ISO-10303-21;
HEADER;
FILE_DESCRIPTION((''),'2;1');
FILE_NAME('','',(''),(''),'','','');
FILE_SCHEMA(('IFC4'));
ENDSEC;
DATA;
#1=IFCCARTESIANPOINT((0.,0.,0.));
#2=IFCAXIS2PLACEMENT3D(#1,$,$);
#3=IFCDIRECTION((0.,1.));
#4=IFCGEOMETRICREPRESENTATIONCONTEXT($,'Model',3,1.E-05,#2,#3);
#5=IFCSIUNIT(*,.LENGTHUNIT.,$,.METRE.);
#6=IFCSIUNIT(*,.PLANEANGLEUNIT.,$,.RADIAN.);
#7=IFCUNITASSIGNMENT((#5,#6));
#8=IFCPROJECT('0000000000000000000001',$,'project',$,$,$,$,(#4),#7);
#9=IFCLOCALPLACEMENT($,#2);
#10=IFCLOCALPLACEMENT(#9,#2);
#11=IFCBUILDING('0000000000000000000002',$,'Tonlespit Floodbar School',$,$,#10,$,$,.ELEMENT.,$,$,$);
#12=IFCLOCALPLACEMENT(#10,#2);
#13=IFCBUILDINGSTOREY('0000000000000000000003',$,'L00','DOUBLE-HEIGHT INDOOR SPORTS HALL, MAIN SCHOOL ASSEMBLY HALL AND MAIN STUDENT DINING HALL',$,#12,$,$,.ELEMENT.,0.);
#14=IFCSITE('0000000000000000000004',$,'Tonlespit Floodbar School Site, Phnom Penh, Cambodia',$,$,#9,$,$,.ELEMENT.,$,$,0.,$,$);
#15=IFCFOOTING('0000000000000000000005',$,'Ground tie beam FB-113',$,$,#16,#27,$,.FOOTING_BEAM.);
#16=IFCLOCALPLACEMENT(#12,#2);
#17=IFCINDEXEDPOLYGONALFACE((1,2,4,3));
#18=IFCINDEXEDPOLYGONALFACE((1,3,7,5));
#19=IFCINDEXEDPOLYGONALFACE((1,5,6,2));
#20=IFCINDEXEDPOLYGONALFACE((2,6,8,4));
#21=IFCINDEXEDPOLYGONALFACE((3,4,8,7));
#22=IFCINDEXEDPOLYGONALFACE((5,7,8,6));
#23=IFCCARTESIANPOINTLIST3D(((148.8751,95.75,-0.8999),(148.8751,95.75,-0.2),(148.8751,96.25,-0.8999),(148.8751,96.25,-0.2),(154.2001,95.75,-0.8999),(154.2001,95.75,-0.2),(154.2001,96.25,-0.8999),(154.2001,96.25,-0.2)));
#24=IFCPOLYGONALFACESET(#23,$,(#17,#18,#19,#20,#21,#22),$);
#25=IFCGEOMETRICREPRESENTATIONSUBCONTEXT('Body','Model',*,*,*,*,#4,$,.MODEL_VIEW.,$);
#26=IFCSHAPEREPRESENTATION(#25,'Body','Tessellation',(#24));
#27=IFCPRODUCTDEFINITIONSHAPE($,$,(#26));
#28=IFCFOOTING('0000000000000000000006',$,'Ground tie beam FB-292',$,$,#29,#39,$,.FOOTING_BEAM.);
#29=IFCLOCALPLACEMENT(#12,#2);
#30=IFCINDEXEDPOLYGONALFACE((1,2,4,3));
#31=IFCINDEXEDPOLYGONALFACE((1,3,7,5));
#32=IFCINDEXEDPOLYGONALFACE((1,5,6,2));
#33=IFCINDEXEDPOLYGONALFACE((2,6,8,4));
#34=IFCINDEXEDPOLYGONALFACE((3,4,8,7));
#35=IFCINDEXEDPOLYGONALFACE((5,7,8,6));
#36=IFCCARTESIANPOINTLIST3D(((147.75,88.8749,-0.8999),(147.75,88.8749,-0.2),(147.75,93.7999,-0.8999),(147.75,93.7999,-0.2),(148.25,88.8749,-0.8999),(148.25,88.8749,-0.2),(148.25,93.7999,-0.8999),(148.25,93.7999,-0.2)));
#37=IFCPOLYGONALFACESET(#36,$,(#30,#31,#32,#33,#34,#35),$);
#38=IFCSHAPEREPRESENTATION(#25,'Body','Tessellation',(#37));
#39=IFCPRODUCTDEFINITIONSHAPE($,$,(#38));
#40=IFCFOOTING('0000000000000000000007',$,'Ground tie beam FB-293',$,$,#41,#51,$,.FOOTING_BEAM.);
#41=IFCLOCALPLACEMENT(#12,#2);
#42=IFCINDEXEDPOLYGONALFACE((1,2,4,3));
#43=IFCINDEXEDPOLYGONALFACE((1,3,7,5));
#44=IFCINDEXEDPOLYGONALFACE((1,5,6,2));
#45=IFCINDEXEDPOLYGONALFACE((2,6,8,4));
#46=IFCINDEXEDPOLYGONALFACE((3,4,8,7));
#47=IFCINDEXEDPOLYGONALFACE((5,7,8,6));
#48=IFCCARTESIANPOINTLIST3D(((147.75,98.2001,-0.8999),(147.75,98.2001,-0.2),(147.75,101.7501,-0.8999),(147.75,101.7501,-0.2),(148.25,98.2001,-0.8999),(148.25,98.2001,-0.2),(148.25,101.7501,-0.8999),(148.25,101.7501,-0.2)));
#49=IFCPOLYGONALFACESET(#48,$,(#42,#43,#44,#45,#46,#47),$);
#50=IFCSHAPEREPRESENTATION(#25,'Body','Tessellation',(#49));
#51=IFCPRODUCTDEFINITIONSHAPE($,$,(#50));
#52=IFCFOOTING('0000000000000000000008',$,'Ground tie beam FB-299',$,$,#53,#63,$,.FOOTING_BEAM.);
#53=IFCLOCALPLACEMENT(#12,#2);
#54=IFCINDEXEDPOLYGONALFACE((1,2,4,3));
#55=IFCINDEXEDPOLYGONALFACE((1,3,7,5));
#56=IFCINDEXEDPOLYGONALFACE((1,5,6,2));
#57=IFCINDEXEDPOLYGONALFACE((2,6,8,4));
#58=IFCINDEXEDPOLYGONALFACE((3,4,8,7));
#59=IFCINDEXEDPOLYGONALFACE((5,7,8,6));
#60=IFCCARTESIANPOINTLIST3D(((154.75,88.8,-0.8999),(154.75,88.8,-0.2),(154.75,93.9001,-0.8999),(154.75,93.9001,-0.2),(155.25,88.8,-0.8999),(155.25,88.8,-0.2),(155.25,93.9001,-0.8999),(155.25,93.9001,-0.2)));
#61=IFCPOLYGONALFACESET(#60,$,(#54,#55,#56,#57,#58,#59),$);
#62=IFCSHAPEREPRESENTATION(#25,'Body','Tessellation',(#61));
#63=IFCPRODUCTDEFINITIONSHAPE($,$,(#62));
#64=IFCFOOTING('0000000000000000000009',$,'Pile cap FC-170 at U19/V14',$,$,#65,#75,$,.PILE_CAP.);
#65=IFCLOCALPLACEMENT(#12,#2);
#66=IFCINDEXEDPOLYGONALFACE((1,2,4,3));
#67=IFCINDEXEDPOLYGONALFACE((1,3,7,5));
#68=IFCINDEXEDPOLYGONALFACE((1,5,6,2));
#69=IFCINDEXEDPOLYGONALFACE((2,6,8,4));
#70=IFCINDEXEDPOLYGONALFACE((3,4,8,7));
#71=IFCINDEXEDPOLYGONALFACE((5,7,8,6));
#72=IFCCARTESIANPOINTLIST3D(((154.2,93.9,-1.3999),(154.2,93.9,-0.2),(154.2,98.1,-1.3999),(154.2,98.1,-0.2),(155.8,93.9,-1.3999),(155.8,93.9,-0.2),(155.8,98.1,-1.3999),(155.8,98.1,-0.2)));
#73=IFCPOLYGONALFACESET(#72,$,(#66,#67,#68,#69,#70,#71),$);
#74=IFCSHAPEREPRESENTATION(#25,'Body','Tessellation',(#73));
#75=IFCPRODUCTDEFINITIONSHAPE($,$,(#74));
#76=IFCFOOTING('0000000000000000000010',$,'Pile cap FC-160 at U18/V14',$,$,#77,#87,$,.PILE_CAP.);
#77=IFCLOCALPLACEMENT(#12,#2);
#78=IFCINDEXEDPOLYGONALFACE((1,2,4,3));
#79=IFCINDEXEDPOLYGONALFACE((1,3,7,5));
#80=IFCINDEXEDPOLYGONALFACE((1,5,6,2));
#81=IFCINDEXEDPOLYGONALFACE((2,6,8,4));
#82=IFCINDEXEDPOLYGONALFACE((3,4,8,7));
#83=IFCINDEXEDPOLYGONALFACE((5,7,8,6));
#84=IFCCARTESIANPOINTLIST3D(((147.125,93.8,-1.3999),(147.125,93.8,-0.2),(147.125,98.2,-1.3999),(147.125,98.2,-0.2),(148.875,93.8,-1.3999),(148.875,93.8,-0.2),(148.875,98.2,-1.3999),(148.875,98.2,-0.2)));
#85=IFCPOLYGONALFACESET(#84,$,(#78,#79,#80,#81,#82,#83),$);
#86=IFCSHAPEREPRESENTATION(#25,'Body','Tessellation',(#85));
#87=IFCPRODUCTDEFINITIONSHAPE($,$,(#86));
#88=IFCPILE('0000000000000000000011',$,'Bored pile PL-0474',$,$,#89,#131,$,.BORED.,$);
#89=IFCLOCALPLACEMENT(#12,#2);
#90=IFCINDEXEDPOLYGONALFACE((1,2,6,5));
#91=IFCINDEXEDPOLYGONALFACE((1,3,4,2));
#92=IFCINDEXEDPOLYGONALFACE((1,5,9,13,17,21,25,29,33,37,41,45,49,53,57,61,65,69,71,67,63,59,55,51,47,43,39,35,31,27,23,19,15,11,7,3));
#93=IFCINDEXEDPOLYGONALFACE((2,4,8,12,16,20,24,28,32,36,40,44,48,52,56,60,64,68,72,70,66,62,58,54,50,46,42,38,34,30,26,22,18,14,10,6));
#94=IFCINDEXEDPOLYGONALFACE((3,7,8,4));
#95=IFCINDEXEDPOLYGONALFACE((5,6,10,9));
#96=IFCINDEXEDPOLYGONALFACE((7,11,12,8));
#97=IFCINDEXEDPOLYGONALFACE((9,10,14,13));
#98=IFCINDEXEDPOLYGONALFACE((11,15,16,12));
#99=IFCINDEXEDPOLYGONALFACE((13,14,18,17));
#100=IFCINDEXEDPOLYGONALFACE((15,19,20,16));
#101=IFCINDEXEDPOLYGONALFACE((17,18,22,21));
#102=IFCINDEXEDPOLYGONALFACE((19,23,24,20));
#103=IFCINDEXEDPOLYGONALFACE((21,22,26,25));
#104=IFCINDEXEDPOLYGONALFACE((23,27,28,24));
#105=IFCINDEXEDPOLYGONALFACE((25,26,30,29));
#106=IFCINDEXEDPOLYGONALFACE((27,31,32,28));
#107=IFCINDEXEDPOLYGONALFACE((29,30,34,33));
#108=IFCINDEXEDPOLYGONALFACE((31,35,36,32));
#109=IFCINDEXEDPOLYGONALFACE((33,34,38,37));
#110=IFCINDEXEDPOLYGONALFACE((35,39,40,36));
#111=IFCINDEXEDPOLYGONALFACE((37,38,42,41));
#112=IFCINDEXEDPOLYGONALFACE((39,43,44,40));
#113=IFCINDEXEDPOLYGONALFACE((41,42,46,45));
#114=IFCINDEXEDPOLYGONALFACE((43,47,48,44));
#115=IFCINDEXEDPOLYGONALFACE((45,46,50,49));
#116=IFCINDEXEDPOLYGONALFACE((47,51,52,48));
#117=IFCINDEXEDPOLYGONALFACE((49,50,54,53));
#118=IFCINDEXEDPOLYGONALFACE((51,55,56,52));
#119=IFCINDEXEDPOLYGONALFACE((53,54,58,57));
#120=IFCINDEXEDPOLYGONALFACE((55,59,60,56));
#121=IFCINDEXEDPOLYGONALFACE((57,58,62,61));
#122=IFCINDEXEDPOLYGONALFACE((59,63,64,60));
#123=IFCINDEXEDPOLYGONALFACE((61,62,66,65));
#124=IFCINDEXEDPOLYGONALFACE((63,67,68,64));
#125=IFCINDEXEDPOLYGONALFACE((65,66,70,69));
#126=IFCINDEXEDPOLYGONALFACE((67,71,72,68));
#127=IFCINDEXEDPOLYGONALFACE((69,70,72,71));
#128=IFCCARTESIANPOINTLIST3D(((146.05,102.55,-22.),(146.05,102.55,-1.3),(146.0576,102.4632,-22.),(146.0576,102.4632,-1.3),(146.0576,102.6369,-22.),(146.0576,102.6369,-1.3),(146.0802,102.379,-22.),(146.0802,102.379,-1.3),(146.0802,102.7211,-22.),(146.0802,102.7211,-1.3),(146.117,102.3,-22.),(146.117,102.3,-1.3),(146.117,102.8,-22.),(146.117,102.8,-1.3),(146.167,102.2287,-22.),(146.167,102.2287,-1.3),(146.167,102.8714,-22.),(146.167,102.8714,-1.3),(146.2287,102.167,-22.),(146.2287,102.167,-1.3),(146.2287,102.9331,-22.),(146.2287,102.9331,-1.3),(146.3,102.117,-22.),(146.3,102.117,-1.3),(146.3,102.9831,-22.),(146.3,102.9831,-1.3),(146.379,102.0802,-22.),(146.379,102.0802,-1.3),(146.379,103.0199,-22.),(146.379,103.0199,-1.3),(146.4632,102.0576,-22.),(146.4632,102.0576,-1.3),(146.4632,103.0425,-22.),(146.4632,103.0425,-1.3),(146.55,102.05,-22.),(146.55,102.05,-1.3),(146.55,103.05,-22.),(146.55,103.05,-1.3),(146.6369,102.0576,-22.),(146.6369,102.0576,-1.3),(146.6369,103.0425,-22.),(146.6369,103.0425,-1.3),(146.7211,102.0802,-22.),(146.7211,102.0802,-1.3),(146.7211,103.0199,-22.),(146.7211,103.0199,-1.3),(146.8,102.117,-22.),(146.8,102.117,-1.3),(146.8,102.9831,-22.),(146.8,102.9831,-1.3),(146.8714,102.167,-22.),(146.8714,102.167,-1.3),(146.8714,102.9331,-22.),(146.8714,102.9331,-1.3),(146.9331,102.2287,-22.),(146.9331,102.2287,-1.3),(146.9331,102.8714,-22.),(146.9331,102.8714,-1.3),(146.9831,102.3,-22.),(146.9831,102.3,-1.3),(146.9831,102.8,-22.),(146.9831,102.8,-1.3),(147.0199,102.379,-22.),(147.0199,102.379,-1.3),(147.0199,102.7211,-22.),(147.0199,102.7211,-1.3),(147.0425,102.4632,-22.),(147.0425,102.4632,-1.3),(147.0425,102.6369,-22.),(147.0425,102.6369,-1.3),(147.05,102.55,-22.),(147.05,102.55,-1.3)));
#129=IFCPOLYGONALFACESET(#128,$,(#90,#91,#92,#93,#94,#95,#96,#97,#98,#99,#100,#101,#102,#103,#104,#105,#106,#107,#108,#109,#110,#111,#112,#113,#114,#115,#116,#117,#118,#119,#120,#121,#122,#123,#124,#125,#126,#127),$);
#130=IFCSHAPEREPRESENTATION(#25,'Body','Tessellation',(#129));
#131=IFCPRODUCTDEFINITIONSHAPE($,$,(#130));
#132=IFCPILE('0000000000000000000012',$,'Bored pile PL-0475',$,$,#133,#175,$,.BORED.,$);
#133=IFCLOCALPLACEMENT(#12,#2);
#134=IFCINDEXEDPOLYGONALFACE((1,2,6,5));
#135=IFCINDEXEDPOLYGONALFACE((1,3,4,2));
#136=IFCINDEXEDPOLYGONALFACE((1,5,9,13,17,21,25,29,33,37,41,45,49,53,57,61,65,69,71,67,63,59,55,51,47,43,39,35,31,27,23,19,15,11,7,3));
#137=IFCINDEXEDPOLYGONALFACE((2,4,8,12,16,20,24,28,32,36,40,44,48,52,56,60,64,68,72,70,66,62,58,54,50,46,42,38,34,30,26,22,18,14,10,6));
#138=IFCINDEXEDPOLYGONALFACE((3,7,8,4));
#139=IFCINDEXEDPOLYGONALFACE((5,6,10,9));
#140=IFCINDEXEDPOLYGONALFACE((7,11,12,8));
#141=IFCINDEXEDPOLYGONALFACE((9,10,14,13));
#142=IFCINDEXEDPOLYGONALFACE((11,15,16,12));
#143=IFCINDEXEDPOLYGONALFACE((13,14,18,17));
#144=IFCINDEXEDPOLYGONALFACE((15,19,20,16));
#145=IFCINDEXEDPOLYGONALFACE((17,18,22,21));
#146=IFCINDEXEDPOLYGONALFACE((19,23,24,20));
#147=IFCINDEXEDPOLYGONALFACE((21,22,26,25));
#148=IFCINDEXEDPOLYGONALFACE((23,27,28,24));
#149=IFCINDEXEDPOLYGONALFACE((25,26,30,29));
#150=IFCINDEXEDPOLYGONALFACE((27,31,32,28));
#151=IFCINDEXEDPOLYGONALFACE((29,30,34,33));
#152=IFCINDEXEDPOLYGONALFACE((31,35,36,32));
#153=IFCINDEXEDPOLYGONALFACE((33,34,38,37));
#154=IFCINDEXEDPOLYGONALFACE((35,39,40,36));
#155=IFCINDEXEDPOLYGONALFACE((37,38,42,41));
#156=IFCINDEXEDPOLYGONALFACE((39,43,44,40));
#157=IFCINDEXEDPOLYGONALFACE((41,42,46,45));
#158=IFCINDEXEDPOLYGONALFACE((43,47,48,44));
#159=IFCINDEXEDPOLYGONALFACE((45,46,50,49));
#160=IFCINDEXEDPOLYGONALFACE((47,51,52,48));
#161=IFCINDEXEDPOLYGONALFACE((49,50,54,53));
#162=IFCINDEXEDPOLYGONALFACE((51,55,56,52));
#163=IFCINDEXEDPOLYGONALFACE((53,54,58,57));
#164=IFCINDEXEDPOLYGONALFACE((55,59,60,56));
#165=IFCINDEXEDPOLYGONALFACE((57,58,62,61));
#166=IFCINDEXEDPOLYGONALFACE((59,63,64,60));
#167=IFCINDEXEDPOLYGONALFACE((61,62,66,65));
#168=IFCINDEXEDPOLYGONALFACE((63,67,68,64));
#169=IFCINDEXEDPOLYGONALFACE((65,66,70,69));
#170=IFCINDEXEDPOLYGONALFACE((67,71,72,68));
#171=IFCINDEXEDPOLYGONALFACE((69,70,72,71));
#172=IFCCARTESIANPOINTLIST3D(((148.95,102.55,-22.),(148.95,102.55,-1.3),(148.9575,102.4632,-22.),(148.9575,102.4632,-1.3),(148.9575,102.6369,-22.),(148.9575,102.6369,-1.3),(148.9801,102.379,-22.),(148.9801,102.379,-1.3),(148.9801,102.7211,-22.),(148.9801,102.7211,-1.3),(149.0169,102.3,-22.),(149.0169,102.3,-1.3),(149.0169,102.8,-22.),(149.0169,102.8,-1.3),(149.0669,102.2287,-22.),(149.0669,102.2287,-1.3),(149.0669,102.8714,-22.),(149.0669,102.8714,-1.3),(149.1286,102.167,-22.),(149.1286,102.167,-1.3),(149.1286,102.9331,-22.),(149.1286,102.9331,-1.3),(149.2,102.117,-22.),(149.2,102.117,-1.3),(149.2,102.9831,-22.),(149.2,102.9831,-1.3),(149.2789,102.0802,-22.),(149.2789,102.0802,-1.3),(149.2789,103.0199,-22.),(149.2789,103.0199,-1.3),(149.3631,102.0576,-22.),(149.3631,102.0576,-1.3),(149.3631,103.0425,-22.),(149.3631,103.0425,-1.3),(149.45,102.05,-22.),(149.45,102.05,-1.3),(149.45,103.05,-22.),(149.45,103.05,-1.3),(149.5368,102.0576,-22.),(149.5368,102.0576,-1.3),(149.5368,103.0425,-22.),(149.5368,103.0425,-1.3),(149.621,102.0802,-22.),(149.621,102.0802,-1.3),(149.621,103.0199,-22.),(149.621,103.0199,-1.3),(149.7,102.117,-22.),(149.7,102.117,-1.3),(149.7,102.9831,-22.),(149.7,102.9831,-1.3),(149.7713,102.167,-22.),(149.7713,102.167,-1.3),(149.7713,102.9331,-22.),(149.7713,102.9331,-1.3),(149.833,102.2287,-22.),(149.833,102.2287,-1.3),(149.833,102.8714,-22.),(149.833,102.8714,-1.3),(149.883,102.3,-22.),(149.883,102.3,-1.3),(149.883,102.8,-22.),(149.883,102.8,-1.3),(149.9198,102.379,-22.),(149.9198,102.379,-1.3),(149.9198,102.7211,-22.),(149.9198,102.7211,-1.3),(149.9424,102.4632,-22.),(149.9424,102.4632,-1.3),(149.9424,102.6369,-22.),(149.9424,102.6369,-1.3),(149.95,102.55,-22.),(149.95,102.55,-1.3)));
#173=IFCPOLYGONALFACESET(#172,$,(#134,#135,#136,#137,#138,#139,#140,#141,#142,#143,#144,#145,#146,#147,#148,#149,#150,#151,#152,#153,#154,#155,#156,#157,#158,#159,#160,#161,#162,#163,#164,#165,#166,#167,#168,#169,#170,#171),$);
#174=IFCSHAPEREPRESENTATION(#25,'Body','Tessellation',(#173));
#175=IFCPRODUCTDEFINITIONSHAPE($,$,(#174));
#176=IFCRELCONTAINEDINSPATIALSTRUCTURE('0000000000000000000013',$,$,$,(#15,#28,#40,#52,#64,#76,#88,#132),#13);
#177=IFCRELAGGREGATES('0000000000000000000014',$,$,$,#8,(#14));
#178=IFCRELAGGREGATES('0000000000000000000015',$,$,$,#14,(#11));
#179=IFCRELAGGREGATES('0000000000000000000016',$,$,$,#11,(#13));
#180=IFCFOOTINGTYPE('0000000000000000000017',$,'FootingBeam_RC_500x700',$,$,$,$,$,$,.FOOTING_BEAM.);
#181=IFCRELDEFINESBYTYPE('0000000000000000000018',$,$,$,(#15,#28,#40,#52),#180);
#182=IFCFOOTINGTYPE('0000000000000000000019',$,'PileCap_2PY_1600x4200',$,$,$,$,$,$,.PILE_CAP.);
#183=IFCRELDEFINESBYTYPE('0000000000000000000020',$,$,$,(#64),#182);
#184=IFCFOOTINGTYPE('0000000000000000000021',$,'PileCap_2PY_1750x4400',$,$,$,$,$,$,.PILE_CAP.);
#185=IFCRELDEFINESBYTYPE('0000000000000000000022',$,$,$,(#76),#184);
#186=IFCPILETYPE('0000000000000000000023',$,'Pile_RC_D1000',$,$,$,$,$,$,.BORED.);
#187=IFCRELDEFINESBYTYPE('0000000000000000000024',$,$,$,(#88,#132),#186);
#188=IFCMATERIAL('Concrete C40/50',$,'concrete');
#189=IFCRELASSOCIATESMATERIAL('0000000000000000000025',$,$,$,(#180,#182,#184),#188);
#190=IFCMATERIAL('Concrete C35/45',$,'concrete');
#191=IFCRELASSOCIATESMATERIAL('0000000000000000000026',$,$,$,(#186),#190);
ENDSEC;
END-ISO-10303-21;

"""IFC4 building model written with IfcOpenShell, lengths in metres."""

from ifc_helpers import new_model, si_unit, direction, frame, origin, origin_2d, place, context, subcontext, project, spatial, rectangle, circle, extrude, material, material_profile, profile_set, type_object, element, save


model = new_model("IFC4")

# Units and contexts
model_context = context("Model", 3, precision=1e-05, world=origin(), true_north=direction((0.0, 1.0)))
body_context = subcontext(model_context, "Body", "Model", "MODEL_VIEW")
ifc_project = project(units=[si_unit("LENGTHUNIT", "METRE"), si_unit("PLANEANGLEUNIT", "RADIAN")], contexts=[model_context])

# Site, building, storey
site_placement = place(None, origin())
site = spatial("IfcSite", under=ifc_project, at=site_placement, Name="Tonlespit Floodbar School Site, Phnom Penh, Cambodia", CompositionType="ELEMENT", RefElevation=0.0)
building_placement = place(site_placement, origin())
building = spatial("IfcBuilding", under=site, at=building_placement, Name="Tonlespit Floodbar School", CompositionType="ELEMENT")
storey_placement = place(building_placement, origin())
storey = spatial("IfcBuildingStorey", under=building, at=storey_placement, Name="L00", Description="DOUBLE-HEIGHT INDOOR SPORTS HALL, MAIN SCHOOL ASSEMBLY HALL AND MAIN STUDENT DINING HALL", CompositionType="ELEMENT", Elevation=0.0)

# Footings
ifc_material_1 = material(Name="Concrete C40/50", Category="concrete")
footing_type_1 = type_object("IfcFootingType", Name="FootingBeam_RC_500x700", PredefinedType="FOOTING_BEAM", material=ifc_material_1)
footing_1_placement = place(storey_placement, frame((151.5376, 96.0, -0.8999), z_axis=(0.0, 0.0, 1.0), x_axis=(1.0, 0.0, 0.0)))
element("IfcFooting", 1, at=footing_1_placement, inside=storey, type_object=footing_type_1, Name="Ground tie beam FB-113", PredefinedType="FOOTING_BEAM", context=body_context, shape_type="SweptSolid", body=[
    extrude(rectangle(XDim=5.325, YDim=0.5, at=origin_2d()), origin(), (0.0, 0.0, 1.0), 0.7),
])
footing_2_placement = place(storey_placement, frame((148.0, 91.3374, -0.8999), z_axis=(0.0, 0.0, 1.0), x_axis=(0.0, 1.0, 0.0)))
element("IfcFooting", 2, at=footing_2_placement, inside=storey, type_object=footing_type_1, Name="Ground tie beam FB-292", PredefinedType="FOOTING_BEAM", context=body_context, shape_type="SweptSolid", body=[
    extrude(rectangle(XDim=4.925, YDim=0.5, at=origin_2d()), origin(), (0.0, 0.0, 1.0), 0.7),
])
footing_3_placement = place(storey_placement, frame((148.0, 99.9751, -0.8999), z_axis=(0.0, 0.0, 1.0), x_axis=(0.0, 1.0, 0.0)))
element("IfcFooting", 3, at=footing_3_placement, inside=storey, type_object=footing_type_1, Name="Ground tie beam FB-293", PredefinedType="FOOTING_BEAM", context=body_context, shape_type="SweptSolid", body=[
    extrude(rectangle(XDim=3.55, YDim=0.5, at=origin_2d()), origin(), (0.0, 0.0, 1.0), 0.7),
])
footing_4_placement = place(storey_placement, frame((155.0, 91.3501, -0.8999), z_axis=(0.0, 0.0, 1.0), x_axis=(0.0, 1.0, 0.0)))
element("IfcFooting", 4, at=footing_4_placement, inside=storey, type_object=footing_type_1, Name="Ground tie beam FB-299", PredefinedType="FOOTING_BEAM", context=body_context, shape_type="SweptSolid", body=[
    extrude(rectangle(XDim=5.1001, YDim=0.5, at=origin_2d()), origin(), (0.0, 0.0, 1.0), 0.7),
])
footing_type_2 = type_object("IfcFootingType", Name="PileCap_2PY_1600x4200", PredefinedType="PILE_CAP", material=ifc_material_1)
footing_5_placement = place(storey_placement, frame((155.0, 96.0, -1.3999), z_axis=(0.0, 0.0, 1.0), x_axis=(1.0, 0.0, 0.0)))
element("IfcFooting", 5, at=footing_5_placement, inside=storey, type_object=footing_type_2, Name="Pile cap FC-170 at U19/V14", PredefinedType="PILE_CAP", context=body_context, shape_type="SweptSolid", body=[
    extrude(rectangle(XDim=1.6001, YDim=4.2, at=origin_2d()), origin(), (0.0, 0.0, 1.0), 1.2),
])
footing_type_3 = type_object("IfcFootingType", Name="PileCap_2PY_1750x4400", PredefinedType="PILE_CAP", material=ifc_material_1)
footing_6_placement = place(storey_placement, frame((148.0, 96.0, -1.3999), z_axis=(0.0, 0.0, 1.0), x_axis=(1.0, 0.0, 0.0)))
element("IfcFooting", 6, at=footing_6_placement, inside=storey, type_object=footing_type_3, Name="Pile cap FC-160 at U18/V14", PredefinedType="PILE_CAP", context=body_context, shape_type="SweptSolid", body=[
    extrude(rectangle(XDim=1.75, YDim=4.3999, at=origin_2d()), origin(), (0.0, 0.0, 1.0), 1.2),
])

# Piles
ifc_material_2 = material(Name="Concrete C35/45", Category="concrete")
ifc_material_profile_1 = material_profile(ifc_material_2, circle(Radius=0.5, at=origin_2d()), Name="BP D1000")
ifc_profile_set_1 = profile_set([ifc_material_profile_1], Name="Concrete C35/45")
pile_type_1 = type_object("IfcPileType", Name="Pile_RC_D1000", PredefinedType="BORED", material=ifc_profile_set_1)
for number, where, z_axis, x_axis, name in (
    (7, (146.55, 102.55, -1.3), (0.0, 0.0, -1.0), (1.0, 0.0, 0.0), "Bored pile PL-0474"),
    (8, (149.45, 102.55, -1.3), (0.0, 0.0, -1.0), (1.0, 0.0, 0.0), "Bored pile PL-0475"),
):
    element("IfcPile", number, at=place(storey_placement, frame(where, z_axis=z_axis, x_axis=x_axis)), inside=storey, type_object=pile_type_1, Name=name, PredefinedType="BORED", context=body_context, shape_type="SweptSolid", body=[
        extrude(circle(Radius=0.5, at=origin_2d()), origin(), (0.0, 0.0, 1.0), 20.7),
    ])

save(model, "model.ifc")
